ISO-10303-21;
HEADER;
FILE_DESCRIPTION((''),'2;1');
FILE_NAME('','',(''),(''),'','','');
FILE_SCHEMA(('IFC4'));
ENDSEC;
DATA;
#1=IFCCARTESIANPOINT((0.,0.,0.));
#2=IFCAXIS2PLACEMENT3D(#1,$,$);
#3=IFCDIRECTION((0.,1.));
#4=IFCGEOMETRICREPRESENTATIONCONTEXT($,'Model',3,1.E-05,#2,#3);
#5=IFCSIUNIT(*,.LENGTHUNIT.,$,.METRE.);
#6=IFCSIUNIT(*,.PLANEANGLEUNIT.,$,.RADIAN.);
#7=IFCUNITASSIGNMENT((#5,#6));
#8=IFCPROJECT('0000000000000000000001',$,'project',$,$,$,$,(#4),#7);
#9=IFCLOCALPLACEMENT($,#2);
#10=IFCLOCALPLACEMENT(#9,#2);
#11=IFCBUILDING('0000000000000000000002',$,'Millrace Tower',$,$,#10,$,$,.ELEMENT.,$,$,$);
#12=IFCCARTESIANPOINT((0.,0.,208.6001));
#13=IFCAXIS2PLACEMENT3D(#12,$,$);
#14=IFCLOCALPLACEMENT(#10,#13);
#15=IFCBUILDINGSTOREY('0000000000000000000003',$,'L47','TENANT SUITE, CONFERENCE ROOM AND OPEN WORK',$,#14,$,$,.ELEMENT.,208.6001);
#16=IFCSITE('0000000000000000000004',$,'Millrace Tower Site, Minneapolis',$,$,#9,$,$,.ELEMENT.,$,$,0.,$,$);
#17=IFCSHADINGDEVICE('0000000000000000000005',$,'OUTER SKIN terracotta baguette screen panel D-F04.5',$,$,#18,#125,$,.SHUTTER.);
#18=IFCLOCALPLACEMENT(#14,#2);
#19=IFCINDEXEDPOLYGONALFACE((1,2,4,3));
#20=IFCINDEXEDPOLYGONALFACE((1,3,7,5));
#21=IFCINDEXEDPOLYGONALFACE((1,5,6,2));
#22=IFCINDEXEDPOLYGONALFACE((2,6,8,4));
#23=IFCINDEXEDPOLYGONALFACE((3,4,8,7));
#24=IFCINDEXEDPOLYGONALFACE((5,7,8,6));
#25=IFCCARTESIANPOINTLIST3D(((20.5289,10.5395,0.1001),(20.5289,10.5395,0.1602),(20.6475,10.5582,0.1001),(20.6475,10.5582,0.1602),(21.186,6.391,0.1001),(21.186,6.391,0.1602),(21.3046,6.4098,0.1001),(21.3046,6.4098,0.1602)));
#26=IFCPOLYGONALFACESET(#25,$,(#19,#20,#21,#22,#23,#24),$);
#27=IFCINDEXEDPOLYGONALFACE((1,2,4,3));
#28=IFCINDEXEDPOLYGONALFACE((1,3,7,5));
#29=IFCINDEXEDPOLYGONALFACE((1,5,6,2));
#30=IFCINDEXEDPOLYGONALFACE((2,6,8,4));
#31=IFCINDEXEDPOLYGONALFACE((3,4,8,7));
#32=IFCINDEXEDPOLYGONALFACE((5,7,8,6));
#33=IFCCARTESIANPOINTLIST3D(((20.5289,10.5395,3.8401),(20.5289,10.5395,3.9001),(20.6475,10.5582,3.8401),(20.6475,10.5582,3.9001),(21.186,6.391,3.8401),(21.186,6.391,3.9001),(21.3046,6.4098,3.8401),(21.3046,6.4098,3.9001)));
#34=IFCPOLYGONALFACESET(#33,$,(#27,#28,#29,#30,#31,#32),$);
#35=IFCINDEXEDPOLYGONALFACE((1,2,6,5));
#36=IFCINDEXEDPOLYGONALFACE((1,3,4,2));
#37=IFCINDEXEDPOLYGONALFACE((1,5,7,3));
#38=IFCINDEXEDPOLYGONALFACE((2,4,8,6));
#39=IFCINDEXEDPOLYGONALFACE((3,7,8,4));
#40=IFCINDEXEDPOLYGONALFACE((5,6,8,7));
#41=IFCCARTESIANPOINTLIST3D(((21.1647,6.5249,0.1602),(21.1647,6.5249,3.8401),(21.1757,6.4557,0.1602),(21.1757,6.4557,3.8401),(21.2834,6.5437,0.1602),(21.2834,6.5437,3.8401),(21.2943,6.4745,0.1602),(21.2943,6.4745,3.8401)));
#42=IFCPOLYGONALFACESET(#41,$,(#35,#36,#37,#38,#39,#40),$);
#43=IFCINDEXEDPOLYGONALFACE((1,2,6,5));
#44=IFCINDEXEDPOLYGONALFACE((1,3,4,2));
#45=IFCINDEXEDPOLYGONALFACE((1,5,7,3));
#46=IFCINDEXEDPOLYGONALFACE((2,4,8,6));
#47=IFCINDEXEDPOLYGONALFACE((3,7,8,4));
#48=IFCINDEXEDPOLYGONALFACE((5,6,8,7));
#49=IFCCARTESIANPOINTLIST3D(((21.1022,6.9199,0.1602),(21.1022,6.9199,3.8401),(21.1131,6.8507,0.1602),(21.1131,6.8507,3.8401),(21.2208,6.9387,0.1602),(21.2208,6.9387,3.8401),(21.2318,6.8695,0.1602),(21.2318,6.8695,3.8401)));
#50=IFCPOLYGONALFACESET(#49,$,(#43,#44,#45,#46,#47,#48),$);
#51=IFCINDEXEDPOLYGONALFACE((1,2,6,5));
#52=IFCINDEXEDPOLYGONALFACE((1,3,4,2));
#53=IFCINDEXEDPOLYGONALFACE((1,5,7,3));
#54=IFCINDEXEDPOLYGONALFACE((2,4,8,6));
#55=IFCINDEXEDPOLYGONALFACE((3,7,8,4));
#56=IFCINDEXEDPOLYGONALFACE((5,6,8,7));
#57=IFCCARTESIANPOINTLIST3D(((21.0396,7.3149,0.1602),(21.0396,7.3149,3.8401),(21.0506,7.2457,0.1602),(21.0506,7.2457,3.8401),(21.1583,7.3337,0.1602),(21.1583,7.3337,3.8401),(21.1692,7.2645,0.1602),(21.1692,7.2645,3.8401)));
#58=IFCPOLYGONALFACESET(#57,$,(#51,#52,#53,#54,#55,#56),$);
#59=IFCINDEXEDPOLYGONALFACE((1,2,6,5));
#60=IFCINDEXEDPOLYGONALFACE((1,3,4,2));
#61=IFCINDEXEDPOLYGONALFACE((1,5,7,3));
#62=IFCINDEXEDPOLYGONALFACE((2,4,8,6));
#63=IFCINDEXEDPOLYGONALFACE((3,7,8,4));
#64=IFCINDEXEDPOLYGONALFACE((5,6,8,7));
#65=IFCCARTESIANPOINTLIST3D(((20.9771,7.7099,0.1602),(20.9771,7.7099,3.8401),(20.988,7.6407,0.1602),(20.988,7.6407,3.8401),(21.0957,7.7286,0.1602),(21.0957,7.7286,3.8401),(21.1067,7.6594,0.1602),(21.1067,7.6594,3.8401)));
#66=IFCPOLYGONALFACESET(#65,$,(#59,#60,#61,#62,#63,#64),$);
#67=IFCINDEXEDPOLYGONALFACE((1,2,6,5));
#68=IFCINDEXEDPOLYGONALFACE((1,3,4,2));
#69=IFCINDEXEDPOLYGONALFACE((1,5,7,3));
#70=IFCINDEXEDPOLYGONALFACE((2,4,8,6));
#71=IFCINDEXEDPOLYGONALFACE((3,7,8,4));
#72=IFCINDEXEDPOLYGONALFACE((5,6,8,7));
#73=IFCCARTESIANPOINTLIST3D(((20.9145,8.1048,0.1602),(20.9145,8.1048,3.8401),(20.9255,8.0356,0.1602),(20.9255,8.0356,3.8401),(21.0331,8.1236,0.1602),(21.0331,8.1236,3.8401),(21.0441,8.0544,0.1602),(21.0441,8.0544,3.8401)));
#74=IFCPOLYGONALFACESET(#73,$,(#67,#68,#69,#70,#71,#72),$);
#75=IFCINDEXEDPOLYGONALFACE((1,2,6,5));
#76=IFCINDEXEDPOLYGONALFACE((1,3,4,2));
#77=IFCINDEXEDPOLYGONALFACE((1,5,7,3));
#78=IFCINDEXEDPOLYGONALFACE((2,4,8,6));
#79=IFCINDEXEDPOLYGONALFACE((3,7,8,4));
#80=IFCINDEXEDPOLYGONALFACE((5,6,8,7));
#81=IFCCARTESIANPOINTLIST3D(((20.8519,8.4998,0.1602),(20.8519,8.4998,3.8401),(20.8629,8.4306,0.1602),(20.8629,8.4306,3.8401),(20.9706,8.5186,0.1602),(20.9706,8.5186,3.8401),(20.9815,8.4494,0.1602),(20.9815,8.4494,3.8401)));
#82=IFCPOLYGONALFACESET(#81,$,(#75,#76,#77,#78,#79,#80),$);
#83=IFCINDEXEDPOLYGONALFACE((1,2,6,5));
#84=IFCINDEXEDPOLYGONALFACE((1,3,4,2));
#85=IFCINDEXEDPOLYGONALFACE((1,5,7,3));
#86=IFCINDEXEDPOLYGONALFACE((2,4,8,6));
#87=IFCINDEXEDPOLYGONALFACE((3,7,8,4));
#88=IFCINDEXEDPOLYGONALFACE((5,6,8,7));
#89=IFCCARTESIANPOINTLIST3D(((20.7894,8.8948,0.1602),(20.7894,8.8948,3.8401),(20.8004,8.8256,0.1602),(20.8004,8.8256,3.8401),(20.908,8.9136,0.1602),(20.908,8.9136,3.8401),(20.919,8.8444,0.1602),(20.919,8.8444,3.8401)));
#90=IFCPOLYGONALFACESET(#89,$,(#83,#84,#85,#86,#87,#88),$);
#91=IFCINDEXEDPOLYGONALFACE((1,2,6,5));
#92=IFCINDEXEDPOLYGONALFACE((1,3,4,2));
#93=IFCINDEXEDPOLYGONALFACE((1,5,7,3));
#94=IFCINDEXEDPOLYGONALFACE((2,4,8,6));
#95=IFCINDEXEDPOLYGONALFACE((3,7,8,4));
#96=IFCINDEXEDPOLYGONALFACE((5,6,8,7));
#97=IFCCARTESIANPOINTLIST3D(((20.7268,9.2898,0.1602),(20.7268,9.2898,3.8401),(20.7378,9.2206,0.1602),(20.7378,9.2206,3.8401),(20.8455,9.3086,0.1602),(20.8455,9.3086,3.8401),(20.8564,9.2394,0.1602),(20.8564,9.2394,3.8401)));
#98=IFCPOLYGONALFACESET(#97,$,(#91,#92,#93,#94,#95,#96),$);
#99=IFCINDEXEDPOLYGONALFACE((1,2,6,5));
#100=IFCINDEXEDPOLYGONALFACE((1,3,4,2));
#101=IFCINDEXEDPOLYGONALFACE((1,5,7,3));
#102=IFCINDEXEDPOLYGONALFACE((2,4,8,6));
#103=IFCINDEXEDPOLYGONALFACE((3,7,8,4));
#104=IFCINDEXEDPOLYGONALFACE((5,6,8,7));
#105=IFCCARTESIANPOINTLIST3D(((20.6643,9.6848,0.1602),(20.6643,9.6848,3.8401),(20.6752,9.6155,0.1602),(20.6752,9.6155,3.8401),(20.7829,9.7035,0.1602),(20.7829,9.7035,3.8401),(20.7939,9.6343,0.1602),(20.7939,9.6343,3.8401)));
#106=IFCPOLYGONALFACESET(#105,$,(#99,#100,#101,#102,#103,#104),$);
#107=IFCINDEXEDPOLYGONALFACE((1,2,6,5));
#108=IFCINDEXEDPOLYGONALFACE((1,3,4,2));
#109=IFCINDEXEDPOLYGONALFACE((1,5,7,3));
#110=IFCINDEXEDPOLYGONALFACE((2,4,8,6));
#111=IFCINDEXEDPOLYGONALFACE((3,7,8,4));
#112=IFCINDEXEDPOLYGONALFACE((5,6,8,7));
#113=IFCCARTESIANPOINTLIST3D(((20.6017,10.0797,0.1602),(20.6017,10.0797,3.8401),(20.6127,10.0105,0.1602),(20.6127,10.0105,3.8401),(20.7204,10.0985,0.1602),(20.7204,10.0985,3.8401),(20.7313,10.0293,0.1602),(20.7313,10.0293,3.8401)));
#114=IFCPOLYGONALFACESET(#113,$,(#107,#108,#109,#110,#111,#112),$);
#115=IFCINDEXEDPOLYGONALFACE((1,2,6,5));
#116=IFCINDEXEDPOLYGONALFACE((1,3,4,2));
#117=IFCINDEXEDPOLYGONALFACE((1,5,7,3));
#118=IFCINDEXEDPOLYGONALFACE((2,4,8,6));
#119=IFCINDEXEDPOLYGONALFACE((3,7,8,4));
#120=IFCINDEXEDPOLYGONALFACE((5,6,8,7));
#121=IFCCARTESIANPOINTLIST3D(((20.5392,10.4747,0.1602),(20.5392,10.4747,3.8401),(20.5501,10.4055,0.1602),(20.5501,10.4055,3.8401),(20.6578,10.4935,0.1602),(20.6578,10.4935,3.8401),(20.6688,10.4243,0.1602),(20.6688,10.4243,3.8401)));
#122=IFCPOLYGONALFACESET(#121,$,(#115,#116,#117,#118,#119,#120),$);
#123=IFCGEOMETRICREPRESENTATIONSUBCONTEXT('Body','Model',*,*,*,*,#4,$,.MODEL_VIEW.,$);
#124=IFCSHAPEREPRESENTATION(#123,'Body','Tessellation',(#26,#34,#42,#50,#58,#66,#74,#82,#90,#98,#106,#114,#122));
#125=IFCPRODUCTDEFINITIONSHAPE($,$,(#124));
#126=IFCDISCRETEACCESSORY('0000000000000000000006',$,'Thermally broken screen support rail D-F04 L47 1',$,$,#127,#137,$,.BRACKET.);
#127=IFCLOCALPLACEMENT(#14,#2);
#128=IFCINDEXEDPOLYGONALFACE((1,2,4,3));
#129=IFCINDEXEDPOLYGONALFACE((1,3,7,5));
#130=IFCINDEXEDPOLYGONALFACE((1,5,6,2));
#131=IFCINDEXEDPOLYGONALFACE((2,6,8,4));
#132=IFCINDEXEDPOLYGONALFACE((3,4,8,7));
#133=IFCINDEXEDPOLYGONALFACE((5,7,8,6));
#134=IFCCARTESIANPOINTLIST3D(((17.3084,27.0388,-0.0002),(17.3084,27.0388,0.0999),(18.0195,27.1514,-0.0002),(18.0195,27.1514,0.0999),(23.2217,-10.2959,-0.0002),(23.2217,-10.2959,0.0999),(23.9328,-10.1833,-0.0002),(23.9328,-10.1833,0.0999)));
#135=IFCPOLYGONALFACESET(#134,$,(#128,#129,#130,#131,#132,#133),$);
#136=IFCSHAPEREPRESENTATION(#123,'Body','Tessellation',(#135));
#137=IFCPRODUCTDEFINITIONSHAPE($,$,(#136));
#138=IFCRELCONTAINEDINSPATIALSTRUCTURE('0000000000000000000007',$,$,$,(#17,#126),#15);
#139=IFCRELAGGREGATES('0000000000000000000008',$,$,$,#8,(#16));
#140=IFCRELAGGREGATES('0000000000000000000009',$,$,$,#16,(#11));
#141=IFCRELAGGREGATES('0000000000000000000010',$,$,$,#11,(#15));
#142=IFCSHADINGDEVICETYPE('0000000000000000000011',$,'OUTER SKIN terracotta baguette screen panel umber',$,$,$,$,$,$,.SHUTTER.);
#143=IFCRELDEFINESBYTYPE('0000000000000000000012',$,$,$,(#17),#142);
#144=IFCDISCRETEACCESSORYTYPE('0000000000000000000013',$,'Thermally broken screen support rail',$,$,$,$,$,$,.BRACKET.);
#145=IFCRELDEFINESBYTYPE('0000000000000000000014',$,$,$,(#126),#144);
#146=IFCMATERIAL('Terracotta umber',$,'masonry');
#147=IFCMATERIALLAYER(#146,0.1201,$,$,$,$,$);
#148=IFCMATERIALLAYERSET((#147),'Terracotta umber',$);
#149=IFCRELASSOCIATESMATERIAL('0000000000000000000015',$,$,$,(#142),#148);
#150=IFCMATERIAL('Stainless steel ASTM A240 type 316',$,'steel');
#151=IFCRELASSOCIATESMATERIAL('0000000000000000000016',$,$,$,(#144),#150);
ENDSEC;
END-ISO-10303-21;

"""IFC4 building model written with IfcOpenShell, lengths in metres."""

from ifc_helpers import new_model, entity, si_unit, direction, frame, frame_2d, origin, origin_2d, place, context, subcontext, project, spatial, rectangle, extrude, source, transform, mapped, material, layer, layer_set, type_object, element, save


model = new_model("IFC4")

# Units and contexts
model_context = context("Model", 3, precision=1e-05, world=origin(), true_north=direction((0.0, 1.0)))
body_context = subcontext(model_context, "Body", "Model", "MODEL_VIEW")
ifc_project = project(units=[si_unit("LENGTHUNIT", "METRE"), si_unit("PLANEANGLEUNIT", "RADIAN")], contexts=[model_context])

# Site, building, storey
site_placement = place(None, origin())
site = spatial("IfcSite", under=ifc_project, at=site_placement, Name="Millrace Tower Site, Minneapolis", CompositionType="ELEMENT", RefElevation=0.0)
building_placement = place(site_placement, origin())
building = spatial("IfcBuilding", under=site, at=building_placement, Name="Millrace Tower", CompositionType="ELEMENT")
storey_placement = place(building_placement, frame((0.0, 0.0, 208.6001)))
storey = spatial("IfcBuildingStorey", under=building, at=storey_placement, Name="L47", Description="TENANT SUITE, CONFERENCE ROOM AND OPEN WORK", CompositionType="ELEMENT", Elevation=208.6001)

# Shading device
ifc_material_1 = material(Name="Terracotta umber", Category="masonry")
ifc_layer_1 = layer(ifc_material_1, 0.1201)
ifc_layer_set_1 = layer_set([ifc_layer_1], Name="Terracotta umber")
shading_device_type = type_object("IfcShadingDeviceType", Name="OUTER SKIN terracotta baguette screen panel umber", PredefinedType="SHUTTER", material=ifc_layer_set_1)
cartesian_point = entity("IfcCartesianPoint", [-2.1001, 0.0601])
shared_polyline = entity("IfcPolyline", [cartesian_point, entity("IfcCartesianPoint", [2.1001, 0.0601]), entity("IfcCartesianPoint", [2.1001, -0.0601]), entity("IfcCartesianPoint", [-2.1001, -0.0601]), cartesian_point])
shared_shape = source(origin(), body_context, "Body", "SweptSolid", [
    entity("IfcExtrudedAreaSolid", entity("IfcArbitraryClosedProfileDef", "AREA", None, shared_polyline), entity("IfcAxis2Placement3D", entity("IfcCartesianPoint", [0.0, 0.0, 0.0])), entity("IfcDirection", [0.0, 0.0, 1.0]), 0.0601),
    entity("IfcExtrudedAreaSolid", entity("IfcArbitraryClosedProfileDef", "AREA", None, shared_polyline), entity("IfcAxis2Placement3D", entity("IfcCartesianPoint", [0.0, 0.0, 3.74])), entity("IfcDirection", [0.0, 0.0, 1.0]), 0.0601),
    extrude(rectangle(XDim=0.0701, YDim=0.1201, at=frame_2d((-1.9995, 0.0))), frame((0.0, 0.0, 0.0601)), (0.0, 0.0, 1.0), 3.6799),
    extrude(rectangle(XDim=0.0701, YDim=0.1201, at=frame_2d((-1.5996, 0.0))), frame((0.0, 0.0, 0.0601)), (0.0, 0.0, 1.0), 3.6799),
    extrude(rectangle(XDim=0.0701, YDim=0.1201, at=frame_2d((-1.1997, 0.0))), frame((0.0, 0.0, 0.0601)), (0.0, 0.0, 1.0), 3.6799),
    extrude(rectangle(XDim=0.0701, YDim=0.1201, at=frame_2d((-0.7998, 0.0))), frame((0.0, 0.0, 0.0601)), (0.0, 0.0, 1.0), 3.6799),
    extrude(rectangle(XDim=0.0701, YDim=0.1201, at=frame_2d((-0.3999, 0.0))), frame((0.0, 0.0, 0.0601)), (0.0, 0.0, 1.0), 3.6799),
    extrude(rectangle(XDim=0.0701, YDim=0.1201, at=origin_2d()), frame((0.0, 0.0, 0.0601)), (0.0, 0.0, 1.0), 3.6799),
    extrude(rectangle(XDim=0.0701, YDim=0.1201, at=frame_2d((0.3999, 0.0))), frame((0.0, 0.0, 0.0601)), (0.0, 0.0, 1.0), 3.6799),
    extrude(rectangle(XDim=0.0701, YDim=0.1201, at=frame_2d((0.7998, 0.0))), frame((0.0, 0.0, 0.0601)), (0.0, 0.0, 1.0), 3.6799),
    extrude(rectangle(XDim=0.0701, YDim=0.1201, at=frame_2d((1.1997, 0.0))), frame((0.0, 0.0, 0.0601)), (0.0, 0.0, 1.0), 3.6799),
    extrude(rectangle(XDim=0.0701, YDim=0.1201, at=frame_2d((1.5996, 0.0))), frame((0.0, 0.0, 0.0601)), (0.0, 0.0, 1.0), 3.6799),
    extrude(rectangle(XDim=0.0701, YDim=0.1201, at=frame_2d((1.9995, 0.0))), frame((0.0, 0.0, 0.0601)), (0.0, 0.0, 1.0), 3.6799),
])
for number, where, z_axis, x_axis, name in (
    (1, (20.9167, 8.4746, 0.1001), (0.0, 0.0, 1.0), (-0.156434, 0.987688, 0.0), "OUTER SKIN terracotta baguette screen panel D-F04.5"),
):
    element("IfcShadingDevice", number, at=place(storey_placement, frame(where, z_axis=z_axis, x_axis=x_axis)), inside=storey, type_object=shading_device_type, Name=name, PredefinedType="SHUTTER", context=body_context, shape_type="MappedRepresentation", body=[
        mapped(shared_shape, transform((0.0, 0.0, 0.0), scale=1.0)),
    ])

# Discrete accessory
ifc_material_2 = material(Name="Stainless steel ASTM A240 type 316", Category="steel")
discrete_accessory_type = type_object("IfcDiscreteAccessoryType", Name="Thermally broken screen support rail", PredefinedType="BRACKET", material=ifc_material_2)
discrete_accessory_placement = place(storey_placement, frame((20.6206, 8.4277, -0.0002), z_axis=(0.0, 0.0, 1.0), x_axis=(-0.156434, 0.987688, 0.0)))
element("IfcDiscreteAccessory", 2, at=discrete_accessory_placement, inside=storey, type_object=discrete_accessory_type, Name="Thermally broken screen support rail D-F04 L47 1", PredefinedType="BRACKET", context=body_context, shape_type="SweptSolid", body=[
    extrude(rectangle(XDim=37.8, YDim=0.72, at=origin_2d()), origin(), (0.0, 0.0, 1.0), 0.1001),
])

save(model, "model.ifc")
